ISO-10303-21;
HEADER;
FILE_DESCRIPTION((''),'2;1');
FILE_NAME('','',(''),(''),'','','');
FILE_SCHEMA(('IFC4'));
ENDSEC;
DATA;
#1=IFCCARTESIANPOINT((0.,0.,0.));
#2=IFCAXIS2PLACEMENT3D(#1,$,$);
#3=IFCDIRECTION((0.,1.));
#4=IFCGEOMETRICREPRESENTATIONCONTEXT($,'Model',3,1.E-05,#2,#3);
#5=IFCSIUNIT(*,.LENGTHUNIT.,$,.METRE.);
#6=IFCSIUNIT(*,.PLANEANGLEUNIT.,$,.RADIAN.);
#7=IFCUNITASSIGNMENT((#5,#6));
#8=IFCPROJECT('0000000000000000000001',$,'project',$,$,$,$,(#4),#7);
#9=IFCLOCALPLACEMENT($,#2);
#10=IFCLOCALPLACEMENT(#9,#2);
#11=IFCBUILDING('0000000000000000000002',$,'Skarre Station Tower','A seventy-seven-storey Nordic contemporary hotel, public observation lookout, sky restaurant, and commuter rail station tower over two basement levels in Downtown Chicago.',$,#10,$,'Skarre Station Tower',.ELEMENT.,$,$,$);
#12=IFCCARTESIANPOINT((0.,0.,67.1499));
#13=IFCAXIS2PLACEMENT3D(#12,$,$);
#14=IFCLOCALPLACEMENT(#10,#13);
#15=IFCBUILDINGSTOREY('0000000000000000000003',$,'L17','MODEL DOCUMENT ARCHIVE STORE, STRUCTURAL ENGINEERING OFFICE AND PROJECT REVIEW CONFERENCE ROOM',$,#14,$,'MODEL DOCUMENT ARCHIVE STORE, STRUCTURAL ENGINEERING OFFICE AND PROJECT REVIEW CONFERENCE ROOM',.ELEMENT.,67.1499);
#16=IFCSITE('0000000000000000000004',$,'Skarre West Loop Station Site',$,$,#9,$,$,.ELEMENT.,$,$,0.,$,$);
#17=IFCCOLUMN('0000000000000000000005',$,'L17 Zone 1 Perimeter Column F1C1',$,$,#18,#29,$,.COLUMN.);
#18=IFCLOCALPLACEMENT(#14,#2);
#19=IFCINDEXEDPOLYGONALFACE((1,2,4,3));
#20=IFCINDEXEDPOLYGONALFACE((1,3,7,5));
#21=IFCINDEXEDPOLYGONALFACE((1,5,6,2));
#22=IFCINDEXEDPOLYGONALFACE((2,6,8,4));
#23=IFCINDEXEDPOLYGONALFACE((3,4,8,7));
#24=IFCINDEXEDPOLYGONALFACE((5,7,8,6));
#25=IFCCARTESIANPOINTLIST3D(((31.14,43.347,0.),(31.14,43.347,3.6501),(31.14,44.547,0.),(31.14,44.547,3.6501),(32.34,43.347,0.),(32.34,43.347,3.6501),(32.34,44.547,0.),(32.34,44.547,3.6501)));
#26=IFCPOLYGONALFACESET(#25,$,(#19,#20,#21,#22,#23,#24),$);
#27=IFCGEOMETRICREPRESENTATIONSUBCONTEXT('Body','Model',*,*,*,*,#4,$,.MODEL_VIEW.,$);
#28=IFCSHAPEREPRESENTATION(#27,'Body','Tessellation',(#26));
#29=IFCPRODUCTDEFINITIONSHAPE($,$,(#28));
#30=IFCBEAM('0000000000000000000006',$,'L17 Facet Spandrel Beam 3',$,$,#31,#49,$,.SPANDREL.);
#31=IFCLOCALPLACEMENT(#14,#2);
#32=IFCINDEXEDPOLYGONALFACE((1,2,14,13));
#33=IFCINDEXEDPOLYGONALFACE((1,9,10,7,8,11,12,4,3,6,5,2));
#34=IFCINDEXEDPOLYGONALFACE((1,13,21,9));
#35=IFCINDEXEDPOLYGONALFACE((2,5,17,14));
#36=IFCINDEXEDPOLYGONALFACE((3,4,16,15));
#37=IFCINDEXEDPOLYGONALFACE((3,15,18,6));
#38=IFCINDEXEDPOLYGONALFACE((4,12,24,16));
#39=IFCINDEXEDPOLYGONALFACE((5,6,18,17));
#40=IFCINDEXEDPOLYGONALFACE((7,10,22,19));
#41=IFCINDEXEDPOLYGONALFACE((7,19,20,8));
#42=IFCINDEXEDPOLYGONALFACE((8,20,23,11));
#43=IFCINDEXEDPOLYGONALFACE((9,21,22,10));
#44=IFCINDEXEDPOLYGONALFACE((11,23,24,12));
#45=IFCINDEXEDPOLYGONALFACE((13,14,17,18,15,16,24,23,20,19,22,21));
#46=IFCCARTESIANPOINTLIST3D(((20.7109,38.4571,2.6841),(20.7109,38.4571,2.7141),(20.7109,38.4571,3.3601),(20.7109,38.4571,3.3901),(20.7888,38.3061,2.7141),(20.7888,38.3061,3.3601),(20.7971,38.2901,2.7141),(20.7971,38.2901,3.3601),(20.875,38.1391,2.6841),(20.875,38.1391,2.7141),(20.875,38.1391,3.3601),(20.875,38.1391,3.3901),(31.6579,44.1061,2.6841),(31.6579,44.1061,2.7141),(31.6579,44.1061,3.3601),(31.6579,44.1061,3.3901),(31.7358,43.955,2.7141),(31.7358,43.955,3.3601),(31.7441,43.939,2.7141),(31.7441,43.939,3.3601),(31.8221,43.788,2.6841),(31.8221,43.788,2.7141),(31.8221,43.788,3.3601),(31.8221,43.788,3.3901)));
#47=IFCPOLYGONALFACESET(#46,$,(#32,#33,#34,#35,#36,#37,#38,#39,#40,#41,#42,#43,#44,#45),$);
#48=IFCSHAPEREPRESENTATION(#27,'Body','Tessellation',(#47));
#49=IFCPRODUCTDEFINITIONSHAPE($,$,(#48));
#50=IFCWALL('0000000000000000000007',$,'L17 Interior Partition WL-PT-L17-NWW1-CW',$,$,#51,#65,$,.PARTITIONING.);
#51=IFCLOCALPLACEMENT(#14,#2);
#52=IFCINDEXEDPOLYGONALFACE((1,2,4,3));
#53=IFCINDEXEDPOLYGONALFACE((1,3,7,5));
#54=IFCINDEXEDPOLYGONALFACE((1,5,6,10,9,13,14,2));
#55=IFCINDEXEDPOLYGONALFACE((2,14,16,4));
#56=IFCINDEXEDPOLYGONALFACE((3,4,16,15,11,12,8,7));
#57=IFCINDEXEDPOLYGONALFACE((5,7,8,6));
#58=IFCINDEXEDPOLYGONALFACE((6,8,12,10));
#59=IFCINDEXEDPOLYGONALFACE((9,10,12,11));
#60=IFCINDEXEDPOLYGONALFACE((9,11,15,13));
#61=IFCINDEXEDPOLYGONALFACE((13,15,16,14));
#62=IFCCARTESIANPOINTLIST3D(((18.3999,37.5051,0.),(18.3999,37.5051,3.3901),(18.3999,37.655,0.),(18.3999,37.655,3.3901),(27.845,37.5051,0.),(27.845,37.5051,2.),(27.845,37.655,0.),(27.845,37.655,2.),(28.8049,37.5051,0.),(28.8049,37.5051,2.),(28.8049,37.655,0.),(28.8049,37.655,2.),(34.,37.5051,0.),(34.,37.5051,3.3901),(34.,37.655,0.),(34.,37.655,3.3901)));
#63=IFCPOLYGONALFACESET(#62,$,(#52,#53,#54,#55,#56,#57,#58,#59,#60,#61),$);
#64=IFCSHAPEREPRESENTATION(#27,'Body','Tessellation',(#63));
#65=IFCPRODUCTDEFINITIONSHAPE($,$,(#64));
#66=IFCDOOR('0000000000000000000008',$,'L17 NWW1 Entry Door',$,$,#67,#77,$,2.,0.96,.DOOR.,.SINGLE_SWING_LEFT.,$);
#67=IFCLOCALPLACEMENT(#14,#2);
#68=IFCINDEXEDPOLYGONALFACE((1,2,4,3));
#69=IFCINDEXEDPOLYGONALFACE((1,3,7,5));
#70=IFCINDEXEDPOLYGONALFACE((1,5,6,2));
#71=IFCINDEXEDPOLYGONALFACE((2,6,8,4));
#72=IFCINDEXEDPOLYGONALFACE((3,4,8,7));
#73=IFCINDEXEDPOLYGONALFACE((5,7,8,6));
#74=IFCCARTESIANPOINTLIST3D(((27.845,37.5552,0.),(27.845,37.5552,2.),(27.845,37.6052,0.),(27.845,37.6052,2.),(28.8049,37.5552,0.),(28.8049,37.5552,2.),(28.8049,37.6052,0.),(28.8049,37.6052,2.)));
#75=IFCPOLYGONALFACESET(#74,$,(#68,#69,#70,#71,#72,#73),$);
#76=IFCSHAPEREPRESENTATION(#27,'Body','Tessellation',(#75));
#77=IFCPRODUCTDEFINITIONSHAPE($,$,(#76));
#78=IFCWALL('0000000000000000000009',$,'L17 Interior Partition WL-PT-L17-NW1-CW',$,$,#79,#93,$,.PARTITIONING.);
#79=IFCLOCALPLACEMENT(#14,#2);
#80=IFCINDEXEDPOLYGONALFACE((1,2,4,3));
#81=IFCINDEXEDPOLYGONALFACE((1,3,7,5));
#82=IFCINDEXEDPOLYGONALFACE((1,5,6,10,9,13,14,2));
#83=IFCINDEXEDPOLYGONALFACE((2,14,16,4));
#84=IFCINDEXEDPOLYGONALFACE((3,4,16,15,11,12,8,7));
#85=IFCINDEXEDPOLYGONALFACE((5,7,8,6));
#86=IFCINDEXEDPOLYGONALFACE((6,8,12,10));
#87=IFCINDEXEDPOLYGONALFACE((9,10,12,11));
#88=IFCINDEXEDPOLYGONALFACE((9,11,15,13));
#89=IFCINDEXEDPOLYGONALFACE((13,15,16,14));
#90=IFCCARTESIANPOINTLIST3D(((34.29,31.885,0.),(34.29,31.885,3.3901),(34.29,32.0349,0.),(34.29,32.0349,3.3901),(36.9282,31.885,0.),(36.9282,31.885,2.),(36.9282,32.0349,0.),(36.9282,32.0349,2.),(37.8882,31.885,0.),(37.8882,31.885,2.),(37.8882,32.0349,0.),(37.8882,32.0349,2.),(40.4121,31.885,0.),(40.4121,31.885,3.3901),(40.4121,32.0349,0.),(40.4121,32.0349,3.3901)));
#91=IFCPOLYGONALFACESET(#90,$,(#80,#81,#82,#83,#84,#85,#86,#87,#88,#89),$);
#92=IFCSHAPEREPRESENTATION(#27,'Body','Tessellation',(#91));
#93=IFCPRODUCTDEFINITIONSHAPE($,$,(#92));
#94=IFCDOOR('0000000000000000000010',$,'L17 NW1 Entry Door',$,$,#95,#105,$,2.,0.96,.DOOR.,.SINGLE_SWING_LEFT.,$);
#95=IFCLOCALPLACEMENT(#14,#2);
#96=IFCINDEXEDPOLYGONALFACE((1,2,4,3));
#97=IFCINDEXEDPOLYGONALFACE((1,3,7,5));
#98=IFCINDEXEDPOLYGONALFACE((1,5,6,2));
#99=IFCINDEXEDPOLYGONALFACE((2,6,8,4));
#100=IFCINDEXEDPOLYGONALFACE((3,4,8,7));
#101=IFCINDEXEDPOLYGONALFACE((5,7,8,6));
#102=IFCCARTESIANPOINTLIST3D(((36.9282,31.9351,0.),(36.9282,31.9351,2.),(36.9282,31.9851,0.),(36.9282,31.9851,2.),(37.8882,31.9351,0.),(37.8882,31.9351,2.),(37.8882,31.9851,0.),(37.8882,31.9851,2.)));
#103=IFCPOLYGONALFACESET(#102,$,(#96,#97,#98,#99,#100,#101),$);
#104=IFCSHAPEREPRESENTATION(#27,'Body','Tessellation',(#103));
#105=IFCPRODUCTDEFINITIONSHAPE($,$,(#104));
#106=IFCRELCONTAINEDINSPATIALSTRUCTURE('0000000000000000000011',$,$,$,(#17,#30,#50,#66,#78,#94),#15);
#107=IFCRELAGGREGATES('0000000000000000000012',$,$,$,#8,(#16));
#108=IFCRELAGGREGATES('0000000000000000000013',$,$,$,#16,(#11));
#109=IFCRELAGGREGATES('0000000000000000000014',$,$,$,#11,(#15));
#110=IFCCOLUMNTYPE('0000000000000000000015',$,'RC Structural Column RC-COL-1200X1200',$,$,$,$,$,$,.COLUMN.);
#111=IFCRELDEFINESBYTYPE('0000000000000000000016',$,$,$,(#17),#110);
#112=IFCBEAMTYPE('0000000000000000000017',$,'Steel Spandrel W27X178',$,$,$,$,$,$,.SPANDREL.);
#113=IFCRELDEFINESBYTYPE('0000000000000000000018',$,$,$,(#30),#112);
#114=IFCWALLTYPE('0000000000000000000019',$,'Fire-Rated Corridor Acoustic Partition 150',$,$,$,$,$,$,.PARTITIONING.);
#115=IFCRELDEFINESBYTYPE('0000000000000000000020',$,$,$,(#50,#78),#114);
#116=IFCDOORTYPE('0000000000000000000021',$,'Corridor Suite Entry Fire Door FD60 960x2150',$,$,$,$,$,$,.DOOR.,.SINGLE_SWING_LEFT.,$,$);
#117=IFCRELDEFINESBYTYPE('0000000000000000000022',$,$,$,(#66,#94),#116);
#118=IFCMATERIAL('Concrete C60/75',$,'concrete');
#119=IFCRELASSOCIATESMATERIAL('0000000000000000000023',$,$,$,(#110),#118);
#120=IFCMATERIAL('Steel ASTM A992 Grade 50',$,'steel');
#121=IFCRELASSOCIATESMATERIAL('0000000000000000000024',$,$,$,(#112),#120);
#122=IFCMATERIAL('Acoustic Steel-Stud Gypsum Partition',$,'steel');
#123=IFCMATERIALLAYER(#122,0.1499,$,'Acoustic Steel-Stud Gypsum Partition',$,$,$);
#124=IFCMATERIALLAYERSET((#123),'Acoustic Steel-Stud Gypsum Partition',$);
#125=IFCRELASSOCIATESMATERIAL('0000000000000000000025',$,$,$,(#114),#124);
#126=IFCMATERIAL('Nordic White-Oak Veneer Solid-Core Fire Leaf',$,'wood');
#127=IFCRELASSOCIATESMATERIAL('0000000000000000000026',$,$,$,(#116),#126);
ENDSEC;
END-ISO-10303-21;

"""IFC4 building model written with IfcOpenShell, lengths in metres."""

from ifc_helpers import new_model, si_unit, direction, frame, frame_2d, origin, origin_2d, place, context, subcontext, project, spatial, rectangle, i_section, extrude, material, layer, layer_set, material_profile, profile_set, type_object, element, fill, save


model = new_model("IFC4")

# Units and contexts
model_context = context("Model", 3, precision=1e-05, world=origin(), true_north=direction((0.0, 1.0)))
body_context = subcontext(model_context, "Body", "Model", "MODEL_VIEW")
ifc_project = project(units=[si_unit("LENGTHUNIT", "METRE"), si_unit("PLANEANGLEUNIT", "RADIAN")], contexts=[model_context])

# Site, building, storey
site_placement = place(None, origin())
site = spatial("IfcSite", under=ifc_project, at=site_placement, Name="Skarre West Loop Station Site", CompositionType="ELEMENT", RefElevation=0.0)
building_placement = place(site_placement, origin())
building = spatial("IfcBuilding", under=site, at=building_placement, Name="Skarre Station Tower", Description="A seventy-seven-storey Nordic contemporary hotel, public observation lookout, sky restaurant, and commuter rail station tower over two basement levels in Downtown Chicago.", LongName="Skarre Station Tower", CompositionType="ELEMENT")
storey_placement = place(building_placement, frame((0.0, 0.0, 67.1499)))
storey = spatial("IfcBuildingStorey", under=building, at=storey_placement, Name="L17", Description="MODEL DOCUMENT ARCHIVE STORE, STRUCTURAL ENGINEERING OFFICE AND PROJECT REVIEW CONFERENCE ROOM", LongName="MODEL DOCUMENT ARCHIVE STORE, STRUCTURAL ENGINEERING OFFICE AND PROJECT REVIEW CONFERENCE ROOM", CompositionType="ELEMENT", Elevation=67.1499)

# Column
ifc_material_1 = material(Name="Concrete C60/75", Category="concrete")
ifc_material_profile_1 = material_profile(ifc_material_1, rectangle(XDim=1.2, YDim=1.2, at=origin_2d()), Name="Concrete C60/75")
ifc_profile_set_1 = profile_set([ifc_material_profile_1], Name="Concrete C60/75")
column_type = type_object("IfcColumnType", Name="RC Structural Column RC-COL-1200X1200", PredefinedType="COLUMN", material=ifc_profile_set_1)
column_placement = place(storey_placement, frame((31.74, 43.947, 0.0), z_axis=(0.0, 0.0, 1.0), x_axis=(1.0, 0.0, 0.0)))
element("IfcColumn", 1, at=column_placement, inside=storey, type_object=column_type, Name="L17 Zone 1 Perimeter Column F1C1", PredefinedType="COLUMN", context=body_context, shape_type="SweptSolid", body=[
    extrude(rectangle(XDim=1.2, YDim=1.2, at=origin_2d()), origin(), (0.0, 0.0, 1.0), 3.6501),
])

# Beam
ifc_material_2 = material(Name="Steel ASTM A992 Grade 50", Category="steel")
ifc_material_profile_2 = material_profile(ifc_material_2, i_section(OverallWidth=0.3579, OverallDepth=0.7061, WebThickness=0.0181, FlangeThickness=0.03, at=origin_2d()), Name="Steel ASTM A992 Grade 50")
ifc_profile_set_2 = profile_set([ifc_material_profile_2], Name="Steel ASTM A992 Grade 50")
beam_type = type_object("IfcBeamType", Name="Steel Spandrel W27X178", PredefinedType="SPANDREL", material=ifc_profile_set_2)
beam_placement = place(storey_placement, frame((31.74, 43.947, 3.0371), z_axis=(-0.888659, -0.458569, 0.0), x_axis=(0.458569, -0.888659, 0.0)))
element("IfcBeam", 2, at=beam_placement, inside=storey, type_object=beam_type, Name="L17 Facet Spandrel Beam 3", PredefinedType="SPANDREL", context=body_context, shape_type="SweptSolid", body=[
    extrude(i_section(OverallWidth=0.3579, OverallDepth=0.7061, WebThickness=0.0181, FlangeThickness=0.03, at=origin_2d()), origin(), (0.0, 0.0, 1.0), 12.3186),
])

# Walls, openings, doors
ifc_material_3 = material(Name="Acoustic Steel-Stud Gypsum Partition", Category="steel")
ifc_layer_1 = layer(ifc_material_3, 0.1499, Name="Acoustic Steel-Stud Gypsum Partition")
ifc_layer_set_1 = layer_set([ifc_layer_1], Name="Acoustic Steel-Stud Gypsum Partition")
wall_type_1 = type_object("IfcWallType", Name="Fire-Rated Corridor Acoustic Partition 150", PredefinedType="PARTITIONING", material=ifc_layer_set_1)
wall_1_placement = place(storey_placement, frame((34.0, 37.5801, 0.0), z_axis=(0.0, 0.0, 1.0), x_axis=(-1.0, 0.0, 0.0)))
wall_1 = element("IfcWall", 3, at=wall_1_placement, inside=storey, type_object=wall_type_1, Name="L17 Interior Partition WL-PT-L17-NWW1-CW", PredefinedType="PARTITIONING", context=body_context, shape_type="SweptSolid", body=[
    extrude(rectangle(XDim=15.6001, YDim=0.1499, at=frame_2d((7.8, 0.0))), origin(), (0.0, 0.0, 1.0), 3.3901),
])
opening_1_placement = place(wall_1_placement, frame((5.1951, 0.0, 0.0)))
opening_1 = element("IfcOpeningElement", 4, at=opening_1_placement, cuts=wall_1, PredefinedType="OPENING", context=body_context, shape_type="SweptSolid", body=[
    extrude(rectangle(XDim=0.96, YDim=2.0, at=frame_2d((0.48, 1.0))), frame((0.0, 0.085, 0.0), z_axis=(0.0, -1.0, 0.0), x_axis=(1.0, 0.0, 0.0)), (0.0, 0.0, 1.0), 0.1699),
])
ifc_material_4 = material(Name="Nordic White-Oak Veneer Solid-Core Fire Leaf", Category="wood")
door_type = type_object("IfcDoorType", Name="Corridor Suite Entry Fire Door FD60 960x2150", OperationType="SINGLE_SWING_LEFT", PredefinedType="DOOR", material=ifc_material_4)
door_1_placement = place(opening_1_placement, origin())
door_1 = element("IfcDoor", 5, at=door_1_placement, inside=storey, type_object=door_type, Name="L17 NWW1 Entry Door", OperationType="SINGLE_SWING_LEFT", OverallHeight=2.0, OverallWidth=0.96, PredefinedType="DOOR", context=body_context, shape_type="SweptSolid", body=[
    extrude(rectangle(XDim=0.96, YDim=2.0, at=frame_2d((0.48, 1.0))), frame((0.0, 0.0249, 0.0), z_axis=(0.0, -1.0, 0.0), x_axis=(1.0, 0.0, 0.0)), (0.0, 0.0, 1.0), 0.05),
])
fill(opening_1, door_1)
wall_2_placement = place(storey_placement, frame((40.4121, 31.96, 0.0), z_axis=(0.0, 0.0, 1.0), x_axis=(-1.0, 0.0, 0.0)))
wall_2 = element("IfcWall", 6, at=wall_2_placement, inside=storey, type_object=wall_type_1, Name="L17 Interior Partition WL-PT-L17-NW1-CW", PredefinedType="PARTITIONING", context=body_context, shape_type="SweptSolid", body=[
    extrude(rectangle(XDim=6.1221, YDim=0.1499, at=frame_2d((3.061, 0.0))), origin(), (0.0, 0.0, 1.0), 3.3901),
])
opening_2_placement = place(wall_2_placement, frame((2.5239, 0.0, 0.0)))
opening_2 = element("IfcOpeningElement", 7, at=opening_2_placement, cuts=wall_2, PredefinedType="OPENING", context=body_context, shape_type="SweptSolid", body=[
    extrude(rectangle(XDim=0.96, YDim=2.0, at=frame_2d((0.48, 1.0))), frame((0.0, 0.085, 0.0), z_axis=(0.0, -1.0, 0.0), x_axis=(1.0, 0.0, 0.0)), (0.0, 0.0, 1.0), 0.1699),
])
door_2_placement = place(opening_2_placement, origin())
door_2 = element("IfcDoor", 8, at=door_2_placement, inside=storey, type_object=door_type, Name="L17 NW1 Entry Door", OperationType="SINGLE_SWING_LEFT", OverallHeight=2.0, OverallWidth=0.96, PredefinedType="DOOR", context=body_context, shape_type="SweptSolid", body=[
    extrude(rectangle(XDim=0.96, YDim=2.0, at=frame_2d((0.48, 1.0))), frame((0.0, 0.0249, 0.0), z_axis=(0.0, -1.0, 0.0), x_axis=(1.0, 0.0, 0.0)), (0.0, 0.0, 1.0), 0.05),
])
fill(opening_2, door_2)

save(model, "model.ifc")
